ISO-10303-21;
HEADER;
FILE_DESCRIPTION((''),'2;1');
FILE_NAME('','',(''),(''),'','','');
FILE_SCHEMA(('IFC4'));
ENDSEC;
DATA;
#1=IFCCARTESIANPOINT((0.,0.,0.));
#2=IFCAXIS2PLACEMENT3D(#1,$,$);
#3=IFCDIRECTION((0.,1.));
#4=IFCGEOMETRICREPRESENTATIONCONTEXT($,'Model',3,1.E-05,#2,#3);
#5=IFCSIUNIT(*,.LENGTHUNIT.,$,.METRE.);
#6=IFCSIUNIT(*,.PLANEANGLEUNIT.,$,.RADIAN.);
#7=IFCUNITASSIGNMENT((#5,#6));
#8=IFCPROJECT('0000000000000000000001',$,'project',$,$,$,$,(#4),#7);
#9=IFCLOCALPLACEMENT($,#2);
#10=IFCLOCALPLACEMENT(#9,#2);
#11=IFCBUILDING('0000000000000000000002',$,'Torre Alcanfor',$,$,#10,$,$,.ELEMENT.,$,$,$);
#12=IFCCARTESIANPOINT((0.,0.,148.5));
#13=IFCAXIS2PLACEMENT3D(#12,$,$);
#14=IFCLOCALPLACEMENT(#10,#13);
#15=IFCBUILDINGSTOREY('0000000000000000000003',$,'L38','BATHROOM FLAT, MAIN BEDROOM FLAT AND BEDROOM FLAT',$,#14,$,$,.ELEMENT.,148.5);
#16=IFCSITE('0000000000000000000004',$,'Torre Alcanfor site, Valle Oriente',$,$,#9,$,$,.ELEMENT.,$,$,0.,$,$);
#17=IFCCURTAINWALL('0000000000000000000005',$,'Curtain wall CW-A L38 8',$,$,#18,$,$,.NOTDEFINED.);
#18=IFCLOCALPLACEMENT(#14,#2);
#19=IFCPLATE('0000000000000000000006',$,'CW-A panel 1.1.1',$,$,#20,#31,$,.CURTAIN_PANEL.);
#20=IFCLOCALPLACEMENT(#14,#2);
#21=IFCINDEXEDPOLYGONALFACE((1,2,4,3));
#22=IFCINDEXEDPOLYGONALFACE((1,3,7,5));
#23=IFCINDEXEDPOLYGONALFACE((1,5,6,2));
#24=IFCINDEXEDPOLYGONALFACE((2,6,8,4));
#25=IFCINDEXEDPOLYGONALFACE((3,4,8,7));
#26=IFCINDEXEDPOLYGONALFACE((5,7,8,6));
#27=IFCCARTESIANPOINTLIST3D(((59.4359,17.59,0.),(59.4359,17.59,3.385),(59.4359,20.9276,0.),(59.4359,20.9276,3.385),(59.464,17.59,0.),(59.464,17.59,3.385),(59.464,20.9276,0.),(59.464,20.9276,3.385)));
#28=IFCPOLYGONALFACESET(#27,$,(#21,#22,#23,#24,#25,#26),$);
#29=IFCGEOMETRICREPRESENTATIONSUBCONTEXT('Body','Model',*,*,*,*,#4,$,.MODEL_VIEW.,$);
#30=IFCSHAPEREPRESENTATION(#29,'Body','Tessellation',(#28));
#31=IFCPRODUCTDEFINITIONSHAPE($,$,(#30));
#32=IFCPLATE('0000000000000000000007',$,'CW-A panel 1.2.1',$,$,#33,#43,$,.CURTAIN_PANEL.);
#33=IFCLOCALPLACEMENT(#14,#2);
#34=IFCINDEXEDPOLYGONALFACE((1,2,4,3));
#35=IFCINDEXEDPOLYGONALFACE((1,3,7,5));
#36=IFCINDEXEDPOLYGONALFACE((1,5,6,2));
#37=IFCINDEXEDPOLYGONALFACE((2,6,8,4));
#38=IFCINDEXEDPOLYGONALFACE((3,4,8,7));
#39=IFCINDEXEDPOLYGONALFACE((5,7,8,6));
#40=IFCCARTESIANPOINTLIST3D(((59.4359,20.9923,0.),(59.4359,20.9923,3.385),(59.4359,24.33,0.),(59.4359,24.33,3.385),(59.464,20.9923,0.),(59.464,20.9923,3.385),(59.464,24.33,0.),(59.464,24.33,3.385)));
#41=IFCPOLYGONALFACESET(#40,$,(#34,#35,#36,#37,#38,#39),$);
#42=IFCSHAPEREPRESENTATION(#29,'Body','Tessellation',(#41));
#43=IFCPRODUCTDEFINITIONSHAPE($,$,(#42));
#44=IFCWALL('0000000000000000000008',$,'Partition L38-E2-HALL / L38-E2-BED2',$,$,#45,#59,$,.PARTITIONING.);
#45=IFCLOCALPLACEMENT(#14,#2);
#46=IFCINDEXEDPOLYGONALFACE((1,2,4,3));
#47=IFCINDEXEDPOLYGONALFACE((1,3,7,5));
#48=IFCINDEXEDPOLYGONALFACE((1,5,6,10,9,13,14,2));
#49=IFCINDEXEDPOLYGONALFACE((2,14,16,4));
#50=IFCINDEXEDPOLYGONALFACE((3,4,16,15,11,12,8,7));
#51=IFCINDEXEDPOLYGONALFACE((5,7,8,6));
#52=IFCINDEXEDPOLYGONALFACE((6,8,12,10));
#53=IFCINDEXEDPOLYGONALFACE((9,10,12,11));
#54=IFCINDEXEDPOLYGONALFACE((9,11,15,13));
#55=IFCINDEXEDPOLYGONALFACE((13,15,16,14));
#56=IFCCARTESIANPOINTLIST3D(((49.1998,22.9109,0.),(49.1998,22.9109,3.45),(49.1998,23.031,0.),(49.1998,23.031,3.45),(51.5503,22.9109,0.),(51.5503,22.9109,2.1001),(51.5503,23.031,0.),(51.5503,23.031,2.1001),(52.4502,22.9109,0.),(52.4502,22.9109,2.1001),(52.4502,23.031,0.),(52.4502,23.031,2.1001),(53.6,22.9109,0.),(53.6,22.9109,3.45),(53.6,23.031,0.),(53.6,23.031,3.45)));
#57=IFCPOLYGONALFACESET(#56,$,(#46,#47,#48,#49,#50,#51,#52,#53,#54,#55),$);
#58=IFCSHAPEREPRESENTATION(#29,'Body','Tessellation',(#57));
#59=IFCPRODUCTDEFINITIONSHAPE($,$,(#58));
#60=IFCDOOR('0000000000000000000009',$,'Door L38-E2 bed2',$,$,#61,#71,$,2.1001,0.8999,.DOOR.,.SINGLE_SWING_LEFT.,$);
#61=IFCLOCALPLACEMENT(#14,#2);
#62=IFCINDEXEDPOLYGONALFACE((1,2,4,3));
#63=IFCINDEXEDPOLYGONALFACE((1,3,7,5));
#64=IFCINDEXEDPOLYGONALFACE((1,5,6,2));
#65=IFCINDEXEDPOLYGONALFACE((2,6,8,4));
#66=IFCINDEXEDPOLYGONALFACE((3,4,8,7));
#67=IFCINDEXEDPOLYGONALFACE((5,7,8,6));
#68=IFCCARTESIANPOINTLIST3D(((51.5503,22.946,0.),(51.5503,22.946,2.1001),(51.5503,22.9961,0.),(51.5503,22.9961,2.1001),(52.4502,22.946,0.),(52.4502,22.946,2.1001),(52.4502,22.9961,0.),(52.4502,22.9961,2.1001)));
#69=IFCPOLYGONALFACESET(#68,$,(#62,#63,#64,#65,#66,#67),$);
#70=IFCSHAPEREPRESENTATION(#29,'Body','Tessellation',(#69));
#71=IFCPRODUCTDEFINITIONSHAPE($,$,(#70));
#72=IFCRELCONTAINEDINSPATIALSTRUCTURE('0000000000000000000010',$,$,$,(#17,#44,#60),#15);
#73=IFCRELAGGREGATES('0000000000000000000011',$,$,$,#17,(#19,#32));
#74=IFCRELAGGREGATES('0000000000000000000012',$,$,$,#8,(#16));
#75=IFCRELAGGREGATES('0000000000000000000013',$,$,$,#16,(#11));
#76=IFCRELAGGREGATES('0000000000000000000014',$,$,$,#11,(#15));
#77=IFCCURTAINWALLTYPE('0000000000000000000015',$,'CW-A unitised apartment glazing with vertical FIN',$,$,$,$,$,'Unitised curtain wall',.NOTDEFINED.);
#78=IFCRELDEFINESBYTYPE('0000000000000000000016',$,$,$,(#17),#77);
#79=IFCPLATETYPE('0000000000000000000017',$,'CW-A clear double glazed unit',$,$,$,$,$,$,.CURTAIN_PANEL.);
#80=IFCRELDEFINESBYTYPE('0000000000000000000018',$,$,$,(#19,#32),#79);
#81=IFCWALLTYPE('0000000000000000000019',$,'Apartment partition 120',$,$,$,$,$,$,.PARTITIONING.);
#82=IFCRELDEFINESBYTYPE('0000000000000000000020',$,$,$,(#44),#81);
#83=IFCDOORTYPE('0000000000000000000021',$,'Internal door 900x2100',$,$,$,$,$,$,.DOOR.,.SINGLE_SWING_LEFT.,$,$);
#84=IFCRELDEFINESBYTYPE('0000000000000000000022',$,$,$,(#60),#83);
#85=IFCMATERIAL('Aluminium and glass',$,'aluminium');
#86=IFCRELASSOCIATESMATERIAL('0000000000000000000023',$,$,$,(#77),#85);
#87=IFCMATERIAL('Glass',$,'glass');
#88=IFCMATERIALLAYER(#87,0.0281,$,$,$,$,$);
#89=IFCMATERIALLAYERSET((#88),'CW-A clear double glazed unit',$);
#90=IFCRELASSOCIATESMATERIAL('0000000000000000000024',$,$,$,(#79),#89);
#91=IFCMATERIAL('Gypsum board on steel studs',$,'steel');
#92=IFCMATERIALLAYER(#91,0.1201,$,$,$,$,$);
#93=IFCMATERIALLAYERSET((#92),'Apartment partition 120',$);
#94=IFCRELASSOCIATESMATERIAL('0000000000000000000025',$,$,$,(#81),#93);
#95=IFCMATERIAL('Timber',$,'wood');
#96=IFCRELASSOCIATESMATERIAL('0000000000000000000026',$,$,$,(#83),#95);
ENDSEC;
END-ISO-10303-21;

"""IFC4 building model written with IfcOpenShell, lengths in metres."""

from ifc_helpers import new_model, si_unit, direction, frame, frame_2d, origin, origin_2d, place, context, subcontext, project, spatial, rectangle, extrude, material, layer, layer_set, type_object, element, fill, aggregate, save


model = new_model("IFC4")

# Units and contexts
model_context = context("Model", 3, precision=1e-05, world=origin(), true_north=direction((0.0, 1.0)))
body_context = subcontext(model_context, "Body", "Model", "MODEL_VIEW")
ifc_project = project(units=[si_unit("LENGTHUNIT", "METRE"), si_unit("PLANEANGLEUNIT", "RADIAN")], contexts=[model_context])

# Site, building, storey
site_placement = place(None, origin())
site = spatial("IfcSite", under=ifc_project, at=site_placement, Name="Torre Alcanfor site, Valle Oriente", CompositionType="ELEMENT", RefElevation=0.0)
building_placement = place(site_placement, origin())
building = spatial("IfcBuilding", under=site, at=building_placement, Name="Torre Alcanfor", CompositionType="ELEMENT")
storey_placement = place(building_placement, frame((0.0, 0.0, 148.5)))
storey = spatial("IfcBuildingStorey", under=building, at=storey_placement, Name="L38", Description="BATHROOM FLAT, MAIN BEDROOM FLAT AND BEDROOM FLAT", CompositionType="ELEMENT", Elevation=148.5)

# Curtain wall
ifc_material_1 = material(Name="Aluminium and glass", Category="aluminium")
curtain_wall_type = type_object("IfcCurtainWallType", Name="CW-A unitised apartment glazing with vertical FIN", ElementType="Unitised curtain wall", PredefinedType="NOTDEFINED", material=ifc_material_1)
curtain_wall_placement = place(storey_placement, origin())
curtain_wall = element("IfcCurtainWall", 1, at=curtain_wall_placement, inside=storey, type_object=curtain_wall_type, Name="Curtain wall CW-A L38 8", PredefinedType="NOTDEFINED")

# Plates
ifc_material_2 = material(Name="Glass", Category="glass")
ifc_layer_1 = layer(ifc_material_2, 0.0281)
ifc_layer_set_1 = layer_set([ifc_layer_1], Name="CW-A clear double glazed unit")
plate_type = type_object("IfcPlateType", Name="CW-A clear double glazed unit", PredefinedType="CURTAIN_PANEL", material=ifc_layer_set_1)
plate_1_placement = place(storey_placement, frame((59.45, 19.2588, 0.0), z_axis=(0.0, 0.0, 1.0), x_axis=(0.0, 1.0, 0.0)))
plate_1 = element("IfcPlate", 2, at=plate_1_placement, type_object=plate_type, Name="CW-A panel 1.1.1", PredefinedType="CURTAIN_PANEL", context=body_context, shape_type="SweptSolid", body=[
    extrude(rectangle(XDim=3.3376, YDim=0.0281, at=origin_2d()), origin(), (0.0, 0.0, 1.0), 3.385),
])
plate_2_placement = place(storey_placement, frame((59.45, 22.6611, 0.0), z_axis=(0.0, 0.0, 1.0), x_axis=(0.0, 1.0, 0.0)))
plate_2 = element("IfcPlate", 3, at=plate_2_placement, type_object=plate_type, Name="CW-A panel 1.2.1", PredefinedType="CURTAIN_PANEL", context=body_context, shape_type="SweptSolid", body=[
    extrude(rectangle(XDim=3.3376, YDim=0.0281, at=origin_2d()), origin(), (0.0, 0.0, 1.0), 3.385),
])
aggregate(curtain_wall, [plate_1, plate_2])

# Wall, opening, door
ifc_material_3 = material(Name="Gypsum board on steel studs", Category="steel")
ifc_layer_2 = layer(ifc_material_3, 0.1201)
ifc_layer_set_2 = layer_set([ifc_layer_2], Name="Apartment partition 120")
wall_type_1 = type_object("IfcWallType", Name="Apartment partition 120", PredefinedType="PARTITIONING", material=ifc_layer_set_2)
wall_1_placement = place(storey_placement, frame((53.6001, 22.9709, 0.0), z_axis=(0.0, 0.0, 1.0), x_axis=(-1.0, 0.0, 0.0)))
wall_1 = element("IfcWall", 4, at=wall_1_placement, inside=storey, type_object=wall_type_1, Name="Partition L38-E2-HALL / L38-E2-BED2", PredefinedType="PARTITIONING", context=body_context, shape_type="SweptSolid", body=[
    extrude(rectangle(XDim=4.4001, YDim=0.1201, at=frame_2d((2.2002, 0.0))), origin(), (0.0, 0.0, 1.0), 3.45),
])
opening_placement = place(wall_1_placement, frame((1.1499, 0.0, 0.0)))
opening = element("IfcOpeningElement", 5, at=opening_placement, cuts=wall_1, PredefinedType="OPENING", context=body_context, shape_type="SweptSolid", body=[
    extrude(rectangle(XDim=0.8999, YDim=2.1001, at=frame_2d((0.45, 1.05))), frame((0.0, 0.0701, 0.0), z_axis=(0.0, -1.0, 0.0), x_axis=(1.0, 0.0, 0.0)), (0.0, 0.0, 1.0), 0.1401),
])
ifc_material_4 = material(Name="Timber", Category="wood")
door_type = type_object("IfcDoorType", Name="Internal door 900x2100", OperationType="SINGLE_SWING_LEFT", PredefinedType="DOOR", material=ifc_material_4)
door_placement = place(opening_placement, origin())
door = element("IfcDoor", 6, at=door_placement, inside=storey, type_object=door_type, Name="Door L38-E2 bed2", OperationType="SINGLE_SWING_LEFT", OverallHeight=2.1001, OverallWidth=0.8999, PredefinedType="DOOR", context=body_context, shape_type="SweptSolid", body=[
    extrude(rectangle(XDim=0.8999, YDim=2.1001, at=frame_2d((0.45, 1.05))), frame((0.0, 0.0249, 0.0), z_axis=(0.0, -1.0, 0.0), x_axis=(1.0, 0.0, 0.0)), (0.0, 0.0, 1.0), 0.05),
])
fill(opening, door)

save(model, "model.ifc")
